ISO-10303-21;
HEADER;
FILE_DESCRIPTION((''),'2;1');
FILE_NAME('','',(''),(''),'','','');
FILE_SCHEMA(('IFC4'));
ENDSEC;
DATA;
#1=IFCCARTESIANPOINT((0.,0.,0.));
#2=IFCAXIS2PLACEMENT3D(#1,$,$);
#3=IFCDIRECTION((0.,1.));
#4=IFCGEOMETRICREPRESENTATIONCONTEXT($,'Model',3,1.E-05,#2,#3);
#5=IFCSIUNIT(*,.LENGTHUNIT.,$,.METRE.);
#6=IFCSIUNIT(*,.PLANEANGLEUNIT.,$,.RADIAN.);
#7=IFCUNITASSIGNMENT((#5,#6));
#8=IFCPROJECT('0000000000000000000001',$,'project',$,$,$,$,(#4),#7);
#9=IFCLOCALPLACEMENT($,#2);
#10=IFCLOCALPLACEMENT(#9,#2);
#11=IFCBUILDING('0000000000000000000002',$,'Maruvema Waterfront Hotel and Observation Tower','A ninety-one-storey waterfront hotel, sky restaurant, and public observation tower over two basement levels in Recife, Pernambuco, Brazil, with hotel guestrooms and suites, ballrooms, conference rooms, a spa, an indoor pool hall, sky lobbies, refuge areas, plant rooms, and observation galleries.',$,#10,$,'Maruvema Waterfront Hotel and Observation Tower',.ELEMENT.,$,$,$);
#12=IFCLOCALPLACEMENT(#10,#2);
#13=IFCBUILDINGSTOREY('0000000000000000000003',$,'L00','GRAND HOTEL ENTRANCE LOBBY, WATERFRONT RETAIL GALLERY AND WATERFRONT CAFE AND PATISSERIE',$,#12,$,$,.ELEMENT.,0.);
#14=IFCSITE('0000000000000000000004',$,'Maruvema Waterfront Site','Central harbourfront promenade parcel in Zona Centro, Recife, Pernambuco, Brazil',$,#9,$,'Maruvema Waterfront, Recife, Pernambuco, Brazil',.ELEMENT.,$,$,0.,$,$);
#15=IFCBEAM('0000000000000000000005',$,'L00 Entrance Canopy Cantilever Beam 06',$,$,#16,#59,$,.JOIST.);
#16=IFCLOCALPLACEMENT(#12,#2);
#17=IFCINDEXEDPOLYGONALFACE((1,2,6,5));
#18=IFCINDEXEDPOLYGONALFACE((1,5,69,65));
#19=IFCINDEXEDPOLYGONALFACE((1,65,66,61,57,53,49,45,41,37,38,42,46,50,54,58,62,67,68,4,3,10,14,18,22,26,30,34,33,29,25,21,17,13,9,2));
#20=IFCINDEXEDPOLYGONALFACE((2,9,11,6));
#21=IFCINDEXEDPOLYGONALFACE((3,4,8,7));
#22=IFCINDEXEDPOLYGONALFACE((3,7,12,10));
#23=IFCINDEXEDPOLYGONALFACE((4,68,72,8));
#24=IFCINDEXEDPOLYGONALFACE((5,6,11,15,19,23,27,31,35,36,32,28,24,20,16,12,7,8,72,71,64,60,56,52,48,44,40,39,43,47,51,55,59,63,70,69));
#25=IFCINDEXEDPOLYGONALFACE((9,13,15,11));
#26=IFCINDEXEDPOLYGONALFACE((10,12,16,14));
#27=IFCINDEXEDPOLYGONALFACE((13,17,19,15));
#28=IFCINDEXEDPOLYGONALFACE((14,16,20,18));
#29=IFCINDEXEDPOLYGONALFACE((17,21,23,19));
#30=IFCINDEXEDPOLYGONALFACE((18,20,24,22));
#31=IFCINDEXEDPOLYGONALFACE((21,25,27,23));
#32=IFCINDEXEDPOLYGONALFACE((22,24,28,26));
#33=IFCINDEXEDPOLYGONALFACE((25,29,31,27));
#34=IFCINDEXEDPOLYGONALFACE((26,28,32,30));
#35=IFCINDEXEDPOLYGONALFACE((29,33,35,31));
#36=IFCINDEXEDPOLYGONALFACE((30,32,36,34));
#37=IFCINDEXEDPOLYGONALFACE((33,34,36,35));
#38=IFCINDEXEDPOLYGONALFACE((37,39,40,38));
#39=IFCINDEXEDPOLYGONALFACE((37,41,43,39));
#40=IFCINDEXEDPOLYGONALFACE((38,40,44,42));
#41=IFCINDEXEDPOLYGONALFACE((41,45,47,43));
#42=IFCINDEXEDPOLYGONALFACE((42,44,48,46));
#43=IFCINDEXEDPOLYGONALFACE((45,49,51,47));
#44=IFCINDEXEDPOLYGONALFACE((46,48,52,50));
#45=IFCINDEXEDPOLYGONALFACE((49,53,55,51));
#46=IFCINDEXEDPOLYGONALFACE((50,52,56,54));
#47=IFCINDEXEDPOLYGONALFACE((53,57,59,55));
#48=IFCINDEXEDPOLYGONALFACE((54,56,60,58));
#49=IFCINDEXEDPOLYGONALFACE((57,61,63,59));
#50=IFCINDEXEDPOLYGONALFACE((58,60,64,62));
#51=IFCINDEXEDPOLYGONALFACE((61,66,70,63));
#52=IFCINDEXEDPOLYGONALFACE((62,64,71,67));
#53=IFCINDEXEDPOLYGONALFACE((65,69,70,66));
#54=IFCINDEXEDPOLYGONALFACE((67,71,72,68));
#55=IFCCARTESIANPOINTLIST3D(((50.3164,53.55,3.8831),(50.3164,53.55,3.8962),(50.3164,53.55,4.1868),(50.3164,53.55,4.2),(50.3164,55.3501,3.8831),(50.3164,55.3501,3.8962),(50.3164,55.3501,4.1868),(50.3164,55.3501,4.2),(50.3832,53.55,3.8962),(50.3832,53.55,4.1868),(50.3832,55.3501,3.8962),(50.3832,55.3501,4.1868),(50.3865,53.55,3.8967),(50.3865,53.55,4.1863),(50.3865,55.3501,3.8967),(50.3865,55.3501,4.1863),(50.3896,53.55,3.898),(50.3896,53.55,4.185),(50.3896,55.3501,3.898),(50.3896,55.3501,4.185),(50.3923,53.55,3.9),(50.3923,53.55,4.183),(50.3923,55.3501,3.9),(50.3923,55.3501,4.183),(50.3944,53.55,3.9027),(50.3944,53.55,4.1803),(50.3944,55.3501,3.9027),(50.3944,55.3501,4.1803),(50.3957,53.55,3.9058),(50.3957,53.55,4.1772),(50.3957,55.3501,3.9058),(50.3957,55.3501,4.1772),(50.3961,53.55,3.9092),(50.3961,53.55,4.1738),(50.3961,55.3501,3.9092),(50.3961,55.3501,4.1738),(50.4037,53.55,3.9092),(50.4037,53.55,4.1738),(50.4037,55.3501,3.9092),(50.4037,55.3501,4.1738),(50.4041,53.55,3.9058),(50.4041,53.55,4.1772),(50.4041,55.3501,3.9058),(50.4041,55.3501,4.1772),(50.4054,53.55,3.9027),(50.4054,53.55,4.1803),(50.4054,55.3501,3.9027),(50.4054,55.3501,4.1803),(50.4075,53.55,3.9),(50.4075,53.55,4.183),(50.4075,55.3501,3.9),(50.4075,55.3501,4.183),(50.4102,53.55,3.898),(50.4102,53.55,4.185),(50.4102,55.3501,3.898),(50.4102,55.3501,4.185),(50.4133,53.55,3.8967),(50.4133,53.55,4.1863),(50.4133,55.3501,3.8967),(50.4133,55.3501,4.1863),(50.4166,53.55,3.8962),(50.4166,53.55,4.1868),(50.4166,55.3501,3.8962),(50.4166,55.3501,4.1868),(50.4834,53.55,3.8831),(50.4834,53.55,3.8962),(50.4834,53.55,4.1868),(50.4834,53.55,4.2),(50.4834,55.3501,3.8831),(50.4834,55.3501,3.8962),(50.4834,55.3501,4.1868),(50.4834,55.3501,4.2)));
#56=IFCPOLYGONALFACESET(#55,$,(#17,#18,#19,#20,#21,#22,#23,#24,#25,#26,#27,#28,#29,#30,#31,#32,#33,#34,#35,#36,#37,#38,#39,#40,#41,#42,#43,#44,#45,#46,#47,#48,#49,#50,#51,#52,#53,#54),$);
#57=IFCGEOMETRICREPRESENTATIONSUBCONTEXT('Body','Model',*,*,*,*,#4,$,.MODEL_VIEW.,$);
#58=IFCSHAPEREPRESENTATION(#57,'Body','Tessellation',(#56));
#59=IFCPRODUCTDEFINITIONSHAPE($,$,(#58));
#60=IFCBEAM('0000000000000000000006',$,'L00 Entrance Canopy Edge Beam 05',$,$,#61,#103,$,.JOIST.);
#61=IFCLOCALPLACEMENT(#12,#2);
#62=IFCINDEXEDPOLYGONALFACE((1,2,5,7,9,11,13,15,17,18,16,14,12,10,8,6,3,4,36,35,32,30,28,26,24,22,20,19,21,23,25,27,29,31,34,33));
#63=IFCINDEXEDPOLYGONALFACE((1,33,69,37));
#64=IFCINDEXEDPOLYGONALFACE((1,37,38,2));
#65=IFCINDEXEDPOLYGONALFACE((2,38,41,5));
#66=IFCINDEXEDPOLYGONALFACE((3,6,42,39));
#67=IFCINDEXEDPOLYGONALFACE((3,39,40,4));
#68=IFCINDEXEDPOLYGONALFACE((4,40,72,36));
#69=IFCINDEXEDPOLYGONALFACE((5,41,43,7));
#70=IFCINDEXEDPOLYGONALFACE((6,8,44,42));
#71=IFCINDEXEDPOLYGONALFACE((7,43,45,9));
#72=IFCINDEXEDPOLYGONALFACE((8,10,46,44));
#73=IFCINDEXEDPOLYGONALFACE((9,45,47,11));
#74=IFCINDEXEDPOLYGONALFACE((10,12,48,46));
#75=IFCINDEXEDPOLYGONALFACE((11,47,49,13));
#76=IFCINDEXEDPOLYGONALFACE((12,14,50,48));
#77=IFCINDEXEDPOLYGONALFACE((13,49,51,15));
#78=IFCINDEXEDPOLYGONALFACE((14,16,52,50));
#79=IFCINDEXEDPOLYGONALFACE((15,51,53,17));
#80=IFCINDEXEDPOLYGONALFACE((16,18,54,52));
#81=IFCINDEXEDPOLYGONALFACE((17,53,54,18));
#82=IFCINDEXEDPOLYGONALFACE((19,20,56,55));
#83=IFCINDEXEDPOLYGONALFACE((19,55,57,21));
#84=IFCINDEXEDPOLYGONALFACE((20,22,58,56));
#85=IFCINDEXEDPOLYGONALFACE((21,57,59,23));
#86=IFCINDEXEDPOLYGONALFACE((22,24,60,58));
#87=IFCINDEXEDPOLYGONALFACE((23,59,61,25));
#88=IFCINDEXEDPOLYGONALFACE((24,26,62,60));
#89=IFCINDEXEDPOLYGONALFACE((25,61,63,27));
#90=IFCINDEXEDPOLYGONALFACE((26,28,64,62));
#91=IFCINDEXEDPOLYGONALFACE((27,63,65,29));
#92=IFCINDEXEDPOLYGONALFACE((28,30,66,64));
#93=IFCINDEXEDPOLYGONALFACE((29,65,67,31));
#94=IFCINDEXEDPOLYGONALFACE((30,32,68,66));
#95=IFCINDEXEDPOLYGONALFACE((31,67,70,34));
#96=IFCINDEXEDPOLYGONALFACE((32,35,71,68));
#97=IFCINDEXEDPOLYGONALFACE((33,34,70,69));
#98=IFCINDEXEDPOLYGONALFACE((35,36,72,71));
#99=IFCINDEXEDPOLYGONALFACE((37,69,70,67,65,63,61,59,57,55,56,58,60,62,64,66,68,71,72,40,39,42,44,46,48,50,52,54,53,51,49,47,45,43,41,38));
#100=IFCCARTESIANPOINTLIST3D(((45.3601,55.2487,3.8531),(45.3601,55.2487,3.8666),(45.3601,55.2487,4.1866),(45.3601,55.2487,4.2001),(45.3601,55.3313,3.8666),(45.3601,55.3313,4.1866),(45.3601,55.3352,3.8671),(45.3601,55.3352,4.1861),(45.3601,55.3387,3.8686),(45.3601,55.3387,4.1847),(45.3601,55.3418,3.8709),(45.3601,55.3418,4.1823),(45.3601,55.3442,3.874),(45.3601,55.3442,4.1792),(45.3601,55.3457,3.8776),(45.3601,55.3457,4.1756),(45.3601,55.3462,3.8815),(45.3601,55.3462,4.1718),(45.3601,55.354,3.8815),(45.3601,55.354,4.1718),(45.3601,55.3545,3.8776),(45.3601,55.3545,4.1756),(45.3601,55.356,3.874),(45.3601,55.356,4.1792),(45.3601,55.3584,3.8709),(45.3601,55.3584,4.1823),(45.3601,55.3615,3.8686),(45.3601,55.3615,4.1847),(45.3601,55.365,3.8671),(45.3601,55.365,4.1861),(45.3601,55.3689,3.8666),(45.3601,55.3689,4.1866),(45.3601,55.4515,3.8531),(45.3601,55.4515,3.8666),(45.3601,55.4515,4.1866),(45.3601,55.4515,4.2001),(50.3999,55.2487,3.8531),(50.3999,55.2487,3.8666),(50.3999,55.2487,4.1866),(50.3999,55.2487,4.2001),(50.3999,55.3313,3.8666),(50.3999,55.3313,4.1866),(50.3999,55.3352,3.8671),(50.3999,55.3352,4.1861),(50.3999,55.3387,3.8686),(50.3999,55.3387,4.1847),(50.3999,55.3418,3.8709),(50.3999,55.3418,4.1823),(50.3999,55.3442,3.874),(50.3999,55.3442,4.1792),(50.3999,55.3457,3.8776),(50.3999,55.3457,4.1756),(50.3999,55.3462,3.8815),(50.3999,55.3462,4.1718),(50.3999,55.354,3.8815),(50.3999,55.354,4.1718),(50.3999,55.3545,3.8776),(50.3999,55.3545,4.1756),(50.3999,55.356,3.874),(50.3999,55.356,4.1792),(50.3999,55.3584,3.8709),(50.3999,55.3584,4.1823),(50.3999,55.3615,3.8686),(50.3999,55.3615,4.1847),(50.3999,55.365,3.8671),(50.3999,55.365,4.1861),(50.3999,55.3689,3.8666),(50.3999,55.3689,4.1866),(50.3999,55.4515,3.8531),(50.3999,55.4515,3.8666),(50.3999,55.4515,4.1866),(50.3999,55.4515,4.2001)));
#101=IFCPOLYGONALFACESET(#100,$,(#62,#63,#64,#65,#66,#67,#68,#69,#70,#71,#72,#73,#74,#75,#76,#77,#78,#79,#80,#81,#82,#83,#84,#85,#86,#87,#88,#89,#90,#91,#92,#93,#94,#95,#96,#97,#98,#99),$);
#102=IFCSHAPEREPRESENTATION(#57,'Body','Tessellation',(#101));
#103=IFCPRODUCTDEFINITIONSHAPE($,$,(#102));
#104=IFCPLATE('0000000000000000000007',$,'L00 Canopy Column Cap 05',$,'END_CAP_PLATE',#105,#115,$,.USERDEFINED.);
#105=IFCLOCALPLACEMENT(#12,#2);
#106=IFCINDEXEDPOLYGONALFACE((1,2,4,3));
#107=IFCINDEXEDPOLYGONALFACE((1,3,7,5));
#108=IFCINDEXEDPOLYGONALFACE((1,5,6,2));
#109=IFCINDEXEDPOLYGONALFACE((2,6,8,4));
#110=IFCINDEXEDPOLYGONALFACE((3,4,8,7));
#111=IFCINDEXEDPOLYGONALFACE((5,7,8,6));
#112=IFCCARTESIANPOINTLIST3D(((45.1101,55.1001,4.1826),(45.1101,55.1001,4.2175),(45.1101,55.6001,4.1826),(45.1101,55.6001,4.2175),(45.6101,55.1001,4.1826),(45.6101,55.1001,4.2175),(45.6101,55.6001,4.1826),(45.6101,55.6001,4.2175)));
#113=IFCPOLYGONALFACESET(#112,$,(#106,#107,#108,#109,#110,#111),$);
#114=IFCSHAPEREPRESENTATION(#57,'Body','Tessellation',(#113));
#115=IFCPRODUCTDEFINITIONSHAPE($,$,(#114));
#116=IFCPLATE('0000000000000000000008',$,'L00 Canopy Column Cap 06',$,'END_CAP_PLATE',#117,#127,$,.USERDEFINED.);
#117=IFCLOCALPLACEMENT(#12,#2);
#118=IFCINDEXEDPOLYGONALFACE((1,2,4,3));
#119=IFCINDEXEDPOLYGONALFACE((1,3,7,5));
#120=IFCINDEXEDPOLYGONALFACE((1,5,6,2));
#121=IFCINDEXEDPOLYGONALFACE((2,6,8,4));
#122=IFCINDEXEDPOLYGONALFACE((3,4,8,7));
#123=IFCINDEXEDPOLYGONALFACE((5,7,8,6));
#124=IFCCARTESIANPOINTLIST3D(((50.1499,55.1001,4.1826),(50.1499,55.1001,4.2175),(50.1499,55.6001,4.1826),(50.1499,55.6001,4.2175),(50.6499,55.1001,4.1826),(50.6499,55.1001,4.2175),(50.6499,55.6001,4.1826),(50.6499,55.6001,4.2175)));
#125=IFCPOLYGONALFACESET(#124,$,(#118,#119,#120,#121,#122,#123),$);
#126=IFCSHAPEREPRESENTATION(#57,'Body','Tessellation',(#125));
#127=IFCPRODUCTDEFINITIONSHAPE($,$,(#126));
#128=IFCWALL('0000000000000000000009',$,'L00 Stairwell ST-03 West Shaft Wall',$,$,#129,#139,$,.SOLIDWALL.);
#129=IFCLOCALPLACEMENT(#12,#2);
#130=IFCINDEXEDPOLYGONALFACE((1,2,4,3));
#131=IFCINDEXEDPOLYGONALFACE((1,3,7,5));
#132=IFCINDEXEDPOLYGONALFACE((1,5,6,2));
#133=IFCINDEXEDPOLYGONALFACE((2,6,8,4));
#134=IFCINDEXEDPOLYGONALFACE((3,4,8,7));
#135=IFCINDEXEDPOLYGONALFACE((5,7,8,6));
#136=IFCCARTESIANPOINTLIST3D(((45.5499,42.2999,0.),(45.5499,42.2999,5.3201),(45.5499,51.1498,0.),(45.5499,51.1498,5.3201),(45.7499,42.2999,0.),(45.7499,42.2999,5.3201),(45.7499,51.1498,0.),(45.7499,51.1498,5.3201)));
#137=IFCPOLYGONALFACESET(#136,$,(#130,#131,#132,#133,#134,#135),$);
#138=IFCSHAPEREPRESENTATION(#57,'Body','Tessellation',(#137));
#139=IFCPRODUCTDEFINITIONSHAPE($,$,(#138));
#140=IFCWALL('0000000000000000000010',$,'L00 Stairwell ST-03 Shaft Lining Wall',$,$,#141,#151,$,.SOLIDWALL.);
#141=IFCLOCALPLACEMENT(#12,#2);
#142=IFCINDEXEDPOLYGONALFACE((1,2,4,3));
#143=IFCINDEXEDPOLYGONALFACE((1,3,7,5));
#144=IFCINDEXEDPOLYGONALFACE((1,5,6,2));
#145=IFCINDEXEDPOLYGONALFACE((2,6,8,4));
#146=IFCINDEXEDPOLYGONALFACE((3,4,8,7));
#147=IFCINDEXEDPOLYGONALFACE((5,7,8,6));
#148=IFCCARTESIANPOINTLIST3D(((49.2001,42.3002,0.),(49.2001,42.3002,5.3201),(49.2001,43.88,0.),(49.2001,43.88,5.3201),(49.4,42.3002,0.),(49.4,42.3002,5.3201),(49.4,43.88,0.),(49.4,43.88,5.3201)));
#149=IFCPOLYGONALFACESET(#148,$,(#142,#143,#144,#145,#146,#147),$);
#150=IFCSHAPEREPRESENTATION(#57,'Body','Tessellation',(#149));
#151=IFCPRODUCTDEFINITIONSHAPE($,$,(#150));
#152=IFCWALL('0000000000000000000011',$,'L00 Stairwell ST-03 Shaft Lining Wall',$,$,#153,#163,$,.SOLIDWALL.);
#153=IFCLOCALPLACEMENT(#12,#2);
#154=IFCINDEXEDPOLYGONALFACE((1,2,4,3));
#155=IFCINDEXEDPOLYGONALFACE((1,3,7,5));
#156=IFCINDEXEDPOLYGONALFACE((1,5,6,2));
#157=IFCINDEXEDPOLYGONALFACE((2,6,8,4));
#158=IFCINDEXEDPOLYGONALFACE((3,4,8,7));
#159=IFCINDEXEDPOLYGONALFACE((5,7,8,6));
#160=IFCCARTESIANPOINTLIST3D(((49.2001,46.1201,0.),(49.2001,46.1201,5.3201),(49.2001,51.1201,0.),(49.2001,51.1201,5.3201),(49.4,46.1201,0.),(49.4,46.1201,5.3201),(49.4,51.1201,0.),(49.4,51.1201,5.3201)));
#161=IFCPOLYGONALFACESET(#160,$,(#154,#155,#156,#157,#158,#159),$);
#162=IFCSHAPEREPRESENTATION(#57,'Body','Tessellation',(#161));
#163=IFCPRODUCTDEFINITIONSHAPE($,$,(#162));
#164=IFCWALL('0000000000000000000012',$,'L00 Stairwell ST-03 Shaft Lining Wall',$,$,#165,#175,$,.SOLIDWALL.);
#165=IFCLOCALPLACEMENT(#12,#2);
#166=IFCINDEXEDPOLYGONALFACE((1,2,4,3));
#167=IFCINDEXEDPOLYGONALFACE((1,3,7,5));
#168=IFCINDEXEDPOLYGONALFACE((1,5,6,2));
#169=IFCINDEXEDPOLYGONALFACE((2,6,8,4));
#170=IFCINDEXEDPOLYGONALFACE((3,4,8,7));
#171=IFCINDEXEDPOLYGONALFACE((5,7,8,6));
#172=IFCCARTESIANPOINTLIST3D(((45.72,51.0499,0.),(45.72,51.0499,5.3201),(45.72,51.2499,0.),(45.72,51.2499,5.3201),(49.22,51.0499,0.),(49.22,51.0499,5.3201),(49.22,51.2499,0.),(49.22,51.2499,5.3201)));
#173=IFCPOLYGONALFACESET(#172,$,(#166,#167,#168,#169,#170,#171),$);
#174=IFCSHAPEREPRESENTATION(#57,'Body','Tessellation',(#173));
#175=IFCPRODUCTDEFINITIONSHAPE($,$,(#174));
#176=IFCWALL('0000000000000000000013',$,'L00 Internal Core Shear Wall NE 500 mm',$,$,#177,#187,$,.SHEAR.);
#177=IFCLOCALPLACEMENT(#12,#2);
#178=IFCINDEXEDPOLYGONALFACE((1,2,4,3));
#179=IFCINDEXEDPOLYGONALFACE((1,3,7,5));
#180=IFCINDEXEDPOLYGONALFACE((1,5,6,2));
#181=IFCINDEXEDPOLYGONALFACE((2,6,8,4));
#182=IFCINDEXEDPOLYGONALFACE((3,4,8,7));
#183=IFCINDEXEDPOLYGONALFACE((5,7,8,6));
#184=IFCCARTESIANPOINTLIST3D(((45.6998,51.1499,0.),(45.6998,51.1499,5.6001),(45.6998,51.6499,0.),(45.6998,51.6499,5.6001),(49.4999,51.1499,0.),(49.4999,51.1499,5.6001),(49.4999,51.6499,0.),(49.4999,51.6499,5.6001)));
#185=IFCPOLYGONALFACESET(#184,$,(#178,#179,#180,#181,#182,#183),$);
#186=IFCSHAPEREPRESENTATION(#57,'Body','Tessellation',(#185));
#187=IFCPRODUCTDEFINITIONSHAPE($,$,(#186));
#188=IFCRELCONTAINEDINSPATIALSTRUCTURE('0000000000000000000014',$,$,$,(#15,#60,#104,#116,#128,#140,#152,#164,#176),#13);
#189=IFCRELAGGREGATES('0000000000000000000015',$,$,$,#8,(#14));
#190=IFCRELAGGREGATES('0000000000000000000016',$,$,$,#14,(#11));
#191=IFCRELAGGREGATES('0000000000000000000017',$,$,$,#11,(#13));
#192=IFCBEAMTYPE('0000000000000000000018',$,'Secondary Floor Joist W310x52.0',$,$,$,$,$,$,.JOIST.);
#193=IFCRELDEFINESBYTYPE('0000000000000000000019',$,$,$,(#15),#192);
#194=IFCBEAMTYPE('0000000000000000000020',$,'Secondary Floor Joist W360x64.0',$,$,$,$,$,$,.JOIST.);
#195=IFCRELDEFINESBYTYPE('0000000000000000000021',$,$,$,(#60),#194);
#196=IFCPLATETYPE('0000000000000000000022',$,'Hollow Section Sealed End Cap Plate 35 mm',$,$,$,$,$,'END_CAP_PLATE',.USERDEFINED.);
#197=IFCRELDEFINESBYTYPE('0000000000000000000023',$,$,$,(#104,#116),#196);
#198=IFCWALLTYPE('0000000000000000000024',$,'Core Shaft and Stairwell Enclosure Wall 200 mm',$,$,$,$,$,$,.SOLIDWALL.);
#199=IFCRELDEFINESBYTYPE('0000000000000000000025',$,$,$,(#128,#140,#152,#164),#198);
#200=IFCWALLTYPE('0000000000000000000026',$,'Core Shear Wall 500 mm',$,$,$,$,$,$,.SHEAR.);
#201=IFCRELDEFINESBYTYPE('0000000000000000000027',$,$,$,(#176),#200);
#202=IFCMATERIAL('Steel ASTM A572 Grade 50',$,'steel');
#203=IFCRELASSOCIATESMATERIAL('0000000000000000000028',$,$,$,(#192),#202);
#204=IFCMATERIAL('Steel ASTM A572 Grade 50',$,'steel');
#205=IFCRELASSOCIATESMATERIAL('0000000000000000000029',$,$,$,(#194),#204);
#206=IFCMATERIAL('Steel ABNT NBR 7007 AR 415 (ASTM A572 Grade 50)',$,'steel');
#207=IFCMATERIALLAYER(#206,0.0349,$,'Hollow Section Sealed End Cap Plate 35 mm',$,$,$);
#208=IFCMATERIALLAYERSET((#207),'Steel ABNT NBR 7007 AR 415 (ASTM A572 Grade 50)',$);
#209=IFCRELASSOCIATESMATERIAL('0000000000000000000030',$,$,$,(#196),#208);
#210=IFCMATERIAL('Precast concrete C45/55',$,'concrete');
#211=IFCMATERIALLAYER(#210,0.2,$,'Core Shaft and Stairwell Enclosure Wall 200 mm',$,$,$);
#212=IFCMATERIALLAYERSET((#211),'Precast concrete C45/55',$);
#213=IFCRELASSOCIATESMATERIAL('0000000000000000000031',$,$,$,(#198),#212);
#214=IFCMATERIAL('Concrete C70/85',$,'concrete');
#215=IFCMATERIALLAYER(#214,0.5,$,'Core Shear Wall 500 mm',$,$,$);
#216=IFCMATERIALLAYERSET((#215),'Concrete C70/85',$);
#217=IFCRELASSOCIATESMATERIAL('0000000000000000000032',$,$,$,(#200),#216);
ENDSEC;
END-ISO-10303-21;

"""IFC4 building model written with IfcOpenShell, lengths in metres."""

from ifc_helpers import new_model, si_unit, direction, frame, frame_2d, origin, origin_2d, place, context, subcontext, project, spatial, rectangle, i_section, extrude, material, layer, layer_set, material_profile, profile_set, type_object, element, save


model = new_model("IFC4")

# Units and contexts
model_context = context("Model", 3, precision=1e-05, world=origin(), true_north=direction((0.0, 1.0)))
body_context = subcontext(model_context, "Body", "Model", "MODEL_VIEW")
ifc_project = project(units=[si_unit("LENGTHUNIT", "METRE"), si_unit("PLANEANGLEUNIT", "RADIAN")], contexts=[model_context])

# Site, building, storey
site_placement = place(None, origin())
site = spatial("IfcSite", under=ifc_project, at=site_placement, Name="Maruvema Waterfront Site", Description="Central harbourfront promenade parcel in Zona Centro, Recife, Pernambuco, Brazil", LongName="Maruvema Waterfront, Recife, Pernambuco, Brazil", CompositionType="ELEMENT", RefElevation=0.0)
building_placement = place(site_placement, origin())
building = spatial("IfcBuilding", under=site, at=building_placement, Name="Maruvema Waterfront Hotel and Observation Tower", Description="A ninety-one-storey waterfront hotel, sky restaurant, and public observation tower over two basement levels in Recife, Pernambuco, Brazil, with hotel guestrooms and suites, ballrooms, conference rooms, a spa, an indoor pool hall, sky lobbies, refuge areas, plant rooms, and observation galleries.", LongName="Maruvema Waterfront Hotel and Observation Tower", CompositionType="ELEMENT")
storey_placement = place(building_placement, origin())
storey = spatial("IfcBuildingStorey", under=building, at=storey_placement, Name="L00", Description="GRAND HOTEL ENTRANCE LOBBY, WATERFRONT RETAIL GALLERY AND WATERFRONT CAFE AND PATISSERIE", CompositionType="ELEMENT", Elevation=0.0)

# Beams
ifc_material_1 = material(Name="Steel ASTM A572 Grade 50", Category="steel")
ifc_material_profile_1 = material_profile(ifc_material_1, i_section(OverallWidth=0.167, OverallDepth=0.3169, WebThickness=0.0076, FlangeThickness=0.0132, FilletRadius=0.0129, at=origin_2d()), Name="W310x52.0")
ifc_profile_set_1 = profile_set([ifc_material_profile_1], Name="Steel ASTM A572 Grade 50")
beam_type_1 = type_object("IfcBeamType", Name="Secondary Floor Joist W310x52.0", PredefinedType="JOIST", material=ifc_profile_set_1)
beam_1_placement = place(storey_placement, frame((50.3999, 53.55, 4.0415), z_axis=(0.0, 1.0, 0.0), x_axis=(-1.0, 0.0, 0.0)))
element("IfcBeam", 1, at=beam_1_placement, inside=storey, type_object=beam_type_1, Name="L00 Entrance Canopy Cantilever Beam 06", PredefinedType="JOIST", context=body_context, shape_type="SweptSolid", body=[
    extrude(i_section(OverallWidth=0.167, OverallDepth=0.3169, WebThickness=0.0076, FlangeThickness=0.0132, FilletRadius=0.0129, at=origin_2d()), origin(), (0.0, 0.0, 1.0), 1.8),
])
ifc_material_2 = material(Name="Steel ASTM A572 Grade 50", Category="steel")
ifc_material_profile_2 = material_profile(ifc_material_2, i_section(OverallWidth=0.2029, OverallDepth=0.3469, WebThickness=0.0078, FlangeThickness=0.0134, FilletRadius=0.0149, at=origin_2d()), Name="W360x64.0")
ifc_profile_set_2 = profile_set([ifc_material_profile_2], Name="Steel ASTM A572 Grade 50")
beam_type_2 = type_object("IfcBeamType", Name="Secondary Floor Joist W360x64.0", PredefinedType="JOIST", material=ifc_profile_set_2)
beam_2_placement = place(storey_placement, frame((45.3601, 55.3501, 4.0266), z_axis=(1.0, 0.0, 0.0), x_axis=(0.0, 1.0, 0.0)))
element("IfcBeam", 2, at=beam_2_placement, inside=storey, type_object=beam_type_2, Name="L00 Entrance Canopy Edge Beam 05", PredefinedType="JOIST", context=body_context, shape_type="SweptSolid", body=[
    extrude(i_section(OverallWidth=0.2029, OverallDepth=0.3469, WebThickness=0.0078, FlangeThickness=0.0134, FilletRadius=0.0149, at=origin_2d()), origin(), (0.0, 0.0, 1.0), 5.0398),
])

# Plates
ifc_material_3 = material(Name="Steel ABNT NBR 7007 AR 415 (ASTM A572 Grade 50)", Category="steel")
ifc_layer_1 = layer(ifc_material_3, 0.0349, Name="Hollow Section Sealed End Cap Plate 35 mm")
ifc_layer_set_1 = layer_set([ifc_layer_1], Name="Steel ABNT NBR 7007 AR 415 (ASTM A572 Grade 50)")
plate_type = type_object("IfcPlateType", Name="Hollow Section Sealed End Cap Plate 35 mm", ElementType="END_CAP_PLATE", PredefinedType="USERDEFINED", material=ifc_layer_set_1)
for number, where, z_axis, x_axis, name in (
    (3, (45.3601, 55.3501, 4.1826), (0.0, 0.0, 1.0), (1.0, 0.0, 0.0), "L00 Canopy Column Cap 05"),
    (4, (50.3999, 55.3501, 4.1826), (0.0, 0.0, 1.0), (1.0, 0.0, 0.0), "L00 Canopy Column Cap 06"),
):
    element("IfcPlate", number, at=place(storey_placement, frame(where, z_axis=z_axis, x_axis=x_axis)), inside=storey, type_object=plate_type, Name=name, ObjectType="END_CAP_PLATE", PredefinedType="USERDEFINED", context=body_context, shape_type="SweptSolid", body=[
        extrude(rectangle(XDim=0.5, YDim=0.5, at=origin_2d()), origin(), (0.0, 0.0, 1.0), 0.0349),
    ])

# Walls
ifc_material_4 = material(Name="Precast concrete C45/55", Category="concrete")
ifc_layer_2 = layer(ifc_material_4, 0.2, Name="Core Shaft and Stairwell Enclosure Wall 200 mm")
ifc_layer_set_2 = layer_set([ifc_layer_2], Name="Precast concrete C45/55")
wall_type_1 = type_object("IfcWallType", Name="Core Shaft and Stairwell Enclosure Wall 200 mm", PredefinedType="SOLIDWALL", material=ifc_layer_set_2)
wall_1_placement = place(storey_placement, frame((45.6499, 42.3, 0.0), z_axis=(0.0, 0.0, 1.0), x_axis=(0.0, 1.0, 0.0)))
element("IfcWall", 5, at=wall_1_placement, inside=storey, type_object=wall_type_1, Name="L00 Stairwell ST-03 West Shaft Wall", PredefinedType="SOLIDWALL", context=body_context, shape_type="SweptSolid", body=[
    extrude(rectangle(XDim=8.8499, YDim=0.2, at=frame_2d((4.4248, 0.0))), origin(), (0.0, 0.0, 1.0), 5.3201),
])
wall_2_placement = place(storey_placement, frame((49.3, 42.3, 0.0), z_axis=(0.0, 0.0, 1.0), x_axis=(0.0, 1.0, 0.0)))
element("IfcWall", 6, at=wall_2_placement, inside=storey, type_object=wall_type_1, Name="L00 Stairwell ST-03 Shaft Lining Wall", PredefinedType="SOLIDWALL", context=body_context, shape_type="SweptSolid", body=[
    extrude(rectangle(XDim=1.5798, YDim=0.2, at=frame_2d((0.79, 0.0))), origin(), (0.0, 0.0, 1.0), 5.3201),
])
wall_3_placement = place(storey_placement, frame((49.3, 46.1201, 0.0), z_axis=(0.0, 0.0, 1.0), x_axis=(0.0, 1.0, 0.0)))
element("IfcWall", 7, at=wall_3_placement, inside=storey, type_object=wall_type_1, Name="L00 Stairwell ST-03 Shaft Lining Wall", PredefinedType="SOLIDWALL", context=body_context, shape_type="SweptSolid", body=[
    extrude(rectangle(XDim=5.0, YDim=0.2, at=frame_2d((2.5, 0.0))), origin(), (0.0, 0.0, 1.0), 5.3201),
])
wall_4_placement = place(storey_placement, frame((45.72, 51.1499, 0.0), z_axis=(0.0, 0.0, 1.0), x_axis=(1.0, 0.0, 0.0)))
element("IfcWall", 8, at=wall_4_placement, inside=storey, type_object=wall_type_1, Name="L00 Stairwell ST-03 Shaft Lining Wall", PredefinedType="SOLIDWALL", context=body_context, shape_type="SweptSolid", body=[
    extrude(rectangle(XDim=3.5, YDim=0.2, at=frame_2d((1.75, 0.0))), origin(), (0.0, 0.0, 1.0), 5.3201),
])
ifc_material_5 = material(Name="Concrete C70/85", Category="concrete")
ifc_layer_3 = layer(ifc_material_5, 0.5, Name="Core Shear Wall 500 mm")
ifc_layer_set_3 = layer_set([ifc_layer_3], Name="Concrete C70/85")
wall_type_2 = type_object("IfcWallType", Name="Core Shear Wall 500 mm", PredefinedType="SHEAR", material=ifc_layer_set_3)
wall_5_placement = place(storey_placement, frame((45.7, 51.3999, 0.0), z_axis=(0.0, 0.0, 1.0), x_axis=(1.0, 0.0, 0.0)))
element("IfcWall", 9, at=wall_5_placement, inside=storey, type_object=wall_type_2, Name="L00 Internal Core Shear Wall NE 500 mm", PredefinedType="SHEAR", context=body_context, shape_type="SweptSolid", body=[
    extrude(rectangle(XDim=3.8, YDim=0.5, at=frame_2d((1.8999, 0.0))), origin(), (0.0, 0.0, 1.0), 5.6001),
])

save(model, "model.ifc")
